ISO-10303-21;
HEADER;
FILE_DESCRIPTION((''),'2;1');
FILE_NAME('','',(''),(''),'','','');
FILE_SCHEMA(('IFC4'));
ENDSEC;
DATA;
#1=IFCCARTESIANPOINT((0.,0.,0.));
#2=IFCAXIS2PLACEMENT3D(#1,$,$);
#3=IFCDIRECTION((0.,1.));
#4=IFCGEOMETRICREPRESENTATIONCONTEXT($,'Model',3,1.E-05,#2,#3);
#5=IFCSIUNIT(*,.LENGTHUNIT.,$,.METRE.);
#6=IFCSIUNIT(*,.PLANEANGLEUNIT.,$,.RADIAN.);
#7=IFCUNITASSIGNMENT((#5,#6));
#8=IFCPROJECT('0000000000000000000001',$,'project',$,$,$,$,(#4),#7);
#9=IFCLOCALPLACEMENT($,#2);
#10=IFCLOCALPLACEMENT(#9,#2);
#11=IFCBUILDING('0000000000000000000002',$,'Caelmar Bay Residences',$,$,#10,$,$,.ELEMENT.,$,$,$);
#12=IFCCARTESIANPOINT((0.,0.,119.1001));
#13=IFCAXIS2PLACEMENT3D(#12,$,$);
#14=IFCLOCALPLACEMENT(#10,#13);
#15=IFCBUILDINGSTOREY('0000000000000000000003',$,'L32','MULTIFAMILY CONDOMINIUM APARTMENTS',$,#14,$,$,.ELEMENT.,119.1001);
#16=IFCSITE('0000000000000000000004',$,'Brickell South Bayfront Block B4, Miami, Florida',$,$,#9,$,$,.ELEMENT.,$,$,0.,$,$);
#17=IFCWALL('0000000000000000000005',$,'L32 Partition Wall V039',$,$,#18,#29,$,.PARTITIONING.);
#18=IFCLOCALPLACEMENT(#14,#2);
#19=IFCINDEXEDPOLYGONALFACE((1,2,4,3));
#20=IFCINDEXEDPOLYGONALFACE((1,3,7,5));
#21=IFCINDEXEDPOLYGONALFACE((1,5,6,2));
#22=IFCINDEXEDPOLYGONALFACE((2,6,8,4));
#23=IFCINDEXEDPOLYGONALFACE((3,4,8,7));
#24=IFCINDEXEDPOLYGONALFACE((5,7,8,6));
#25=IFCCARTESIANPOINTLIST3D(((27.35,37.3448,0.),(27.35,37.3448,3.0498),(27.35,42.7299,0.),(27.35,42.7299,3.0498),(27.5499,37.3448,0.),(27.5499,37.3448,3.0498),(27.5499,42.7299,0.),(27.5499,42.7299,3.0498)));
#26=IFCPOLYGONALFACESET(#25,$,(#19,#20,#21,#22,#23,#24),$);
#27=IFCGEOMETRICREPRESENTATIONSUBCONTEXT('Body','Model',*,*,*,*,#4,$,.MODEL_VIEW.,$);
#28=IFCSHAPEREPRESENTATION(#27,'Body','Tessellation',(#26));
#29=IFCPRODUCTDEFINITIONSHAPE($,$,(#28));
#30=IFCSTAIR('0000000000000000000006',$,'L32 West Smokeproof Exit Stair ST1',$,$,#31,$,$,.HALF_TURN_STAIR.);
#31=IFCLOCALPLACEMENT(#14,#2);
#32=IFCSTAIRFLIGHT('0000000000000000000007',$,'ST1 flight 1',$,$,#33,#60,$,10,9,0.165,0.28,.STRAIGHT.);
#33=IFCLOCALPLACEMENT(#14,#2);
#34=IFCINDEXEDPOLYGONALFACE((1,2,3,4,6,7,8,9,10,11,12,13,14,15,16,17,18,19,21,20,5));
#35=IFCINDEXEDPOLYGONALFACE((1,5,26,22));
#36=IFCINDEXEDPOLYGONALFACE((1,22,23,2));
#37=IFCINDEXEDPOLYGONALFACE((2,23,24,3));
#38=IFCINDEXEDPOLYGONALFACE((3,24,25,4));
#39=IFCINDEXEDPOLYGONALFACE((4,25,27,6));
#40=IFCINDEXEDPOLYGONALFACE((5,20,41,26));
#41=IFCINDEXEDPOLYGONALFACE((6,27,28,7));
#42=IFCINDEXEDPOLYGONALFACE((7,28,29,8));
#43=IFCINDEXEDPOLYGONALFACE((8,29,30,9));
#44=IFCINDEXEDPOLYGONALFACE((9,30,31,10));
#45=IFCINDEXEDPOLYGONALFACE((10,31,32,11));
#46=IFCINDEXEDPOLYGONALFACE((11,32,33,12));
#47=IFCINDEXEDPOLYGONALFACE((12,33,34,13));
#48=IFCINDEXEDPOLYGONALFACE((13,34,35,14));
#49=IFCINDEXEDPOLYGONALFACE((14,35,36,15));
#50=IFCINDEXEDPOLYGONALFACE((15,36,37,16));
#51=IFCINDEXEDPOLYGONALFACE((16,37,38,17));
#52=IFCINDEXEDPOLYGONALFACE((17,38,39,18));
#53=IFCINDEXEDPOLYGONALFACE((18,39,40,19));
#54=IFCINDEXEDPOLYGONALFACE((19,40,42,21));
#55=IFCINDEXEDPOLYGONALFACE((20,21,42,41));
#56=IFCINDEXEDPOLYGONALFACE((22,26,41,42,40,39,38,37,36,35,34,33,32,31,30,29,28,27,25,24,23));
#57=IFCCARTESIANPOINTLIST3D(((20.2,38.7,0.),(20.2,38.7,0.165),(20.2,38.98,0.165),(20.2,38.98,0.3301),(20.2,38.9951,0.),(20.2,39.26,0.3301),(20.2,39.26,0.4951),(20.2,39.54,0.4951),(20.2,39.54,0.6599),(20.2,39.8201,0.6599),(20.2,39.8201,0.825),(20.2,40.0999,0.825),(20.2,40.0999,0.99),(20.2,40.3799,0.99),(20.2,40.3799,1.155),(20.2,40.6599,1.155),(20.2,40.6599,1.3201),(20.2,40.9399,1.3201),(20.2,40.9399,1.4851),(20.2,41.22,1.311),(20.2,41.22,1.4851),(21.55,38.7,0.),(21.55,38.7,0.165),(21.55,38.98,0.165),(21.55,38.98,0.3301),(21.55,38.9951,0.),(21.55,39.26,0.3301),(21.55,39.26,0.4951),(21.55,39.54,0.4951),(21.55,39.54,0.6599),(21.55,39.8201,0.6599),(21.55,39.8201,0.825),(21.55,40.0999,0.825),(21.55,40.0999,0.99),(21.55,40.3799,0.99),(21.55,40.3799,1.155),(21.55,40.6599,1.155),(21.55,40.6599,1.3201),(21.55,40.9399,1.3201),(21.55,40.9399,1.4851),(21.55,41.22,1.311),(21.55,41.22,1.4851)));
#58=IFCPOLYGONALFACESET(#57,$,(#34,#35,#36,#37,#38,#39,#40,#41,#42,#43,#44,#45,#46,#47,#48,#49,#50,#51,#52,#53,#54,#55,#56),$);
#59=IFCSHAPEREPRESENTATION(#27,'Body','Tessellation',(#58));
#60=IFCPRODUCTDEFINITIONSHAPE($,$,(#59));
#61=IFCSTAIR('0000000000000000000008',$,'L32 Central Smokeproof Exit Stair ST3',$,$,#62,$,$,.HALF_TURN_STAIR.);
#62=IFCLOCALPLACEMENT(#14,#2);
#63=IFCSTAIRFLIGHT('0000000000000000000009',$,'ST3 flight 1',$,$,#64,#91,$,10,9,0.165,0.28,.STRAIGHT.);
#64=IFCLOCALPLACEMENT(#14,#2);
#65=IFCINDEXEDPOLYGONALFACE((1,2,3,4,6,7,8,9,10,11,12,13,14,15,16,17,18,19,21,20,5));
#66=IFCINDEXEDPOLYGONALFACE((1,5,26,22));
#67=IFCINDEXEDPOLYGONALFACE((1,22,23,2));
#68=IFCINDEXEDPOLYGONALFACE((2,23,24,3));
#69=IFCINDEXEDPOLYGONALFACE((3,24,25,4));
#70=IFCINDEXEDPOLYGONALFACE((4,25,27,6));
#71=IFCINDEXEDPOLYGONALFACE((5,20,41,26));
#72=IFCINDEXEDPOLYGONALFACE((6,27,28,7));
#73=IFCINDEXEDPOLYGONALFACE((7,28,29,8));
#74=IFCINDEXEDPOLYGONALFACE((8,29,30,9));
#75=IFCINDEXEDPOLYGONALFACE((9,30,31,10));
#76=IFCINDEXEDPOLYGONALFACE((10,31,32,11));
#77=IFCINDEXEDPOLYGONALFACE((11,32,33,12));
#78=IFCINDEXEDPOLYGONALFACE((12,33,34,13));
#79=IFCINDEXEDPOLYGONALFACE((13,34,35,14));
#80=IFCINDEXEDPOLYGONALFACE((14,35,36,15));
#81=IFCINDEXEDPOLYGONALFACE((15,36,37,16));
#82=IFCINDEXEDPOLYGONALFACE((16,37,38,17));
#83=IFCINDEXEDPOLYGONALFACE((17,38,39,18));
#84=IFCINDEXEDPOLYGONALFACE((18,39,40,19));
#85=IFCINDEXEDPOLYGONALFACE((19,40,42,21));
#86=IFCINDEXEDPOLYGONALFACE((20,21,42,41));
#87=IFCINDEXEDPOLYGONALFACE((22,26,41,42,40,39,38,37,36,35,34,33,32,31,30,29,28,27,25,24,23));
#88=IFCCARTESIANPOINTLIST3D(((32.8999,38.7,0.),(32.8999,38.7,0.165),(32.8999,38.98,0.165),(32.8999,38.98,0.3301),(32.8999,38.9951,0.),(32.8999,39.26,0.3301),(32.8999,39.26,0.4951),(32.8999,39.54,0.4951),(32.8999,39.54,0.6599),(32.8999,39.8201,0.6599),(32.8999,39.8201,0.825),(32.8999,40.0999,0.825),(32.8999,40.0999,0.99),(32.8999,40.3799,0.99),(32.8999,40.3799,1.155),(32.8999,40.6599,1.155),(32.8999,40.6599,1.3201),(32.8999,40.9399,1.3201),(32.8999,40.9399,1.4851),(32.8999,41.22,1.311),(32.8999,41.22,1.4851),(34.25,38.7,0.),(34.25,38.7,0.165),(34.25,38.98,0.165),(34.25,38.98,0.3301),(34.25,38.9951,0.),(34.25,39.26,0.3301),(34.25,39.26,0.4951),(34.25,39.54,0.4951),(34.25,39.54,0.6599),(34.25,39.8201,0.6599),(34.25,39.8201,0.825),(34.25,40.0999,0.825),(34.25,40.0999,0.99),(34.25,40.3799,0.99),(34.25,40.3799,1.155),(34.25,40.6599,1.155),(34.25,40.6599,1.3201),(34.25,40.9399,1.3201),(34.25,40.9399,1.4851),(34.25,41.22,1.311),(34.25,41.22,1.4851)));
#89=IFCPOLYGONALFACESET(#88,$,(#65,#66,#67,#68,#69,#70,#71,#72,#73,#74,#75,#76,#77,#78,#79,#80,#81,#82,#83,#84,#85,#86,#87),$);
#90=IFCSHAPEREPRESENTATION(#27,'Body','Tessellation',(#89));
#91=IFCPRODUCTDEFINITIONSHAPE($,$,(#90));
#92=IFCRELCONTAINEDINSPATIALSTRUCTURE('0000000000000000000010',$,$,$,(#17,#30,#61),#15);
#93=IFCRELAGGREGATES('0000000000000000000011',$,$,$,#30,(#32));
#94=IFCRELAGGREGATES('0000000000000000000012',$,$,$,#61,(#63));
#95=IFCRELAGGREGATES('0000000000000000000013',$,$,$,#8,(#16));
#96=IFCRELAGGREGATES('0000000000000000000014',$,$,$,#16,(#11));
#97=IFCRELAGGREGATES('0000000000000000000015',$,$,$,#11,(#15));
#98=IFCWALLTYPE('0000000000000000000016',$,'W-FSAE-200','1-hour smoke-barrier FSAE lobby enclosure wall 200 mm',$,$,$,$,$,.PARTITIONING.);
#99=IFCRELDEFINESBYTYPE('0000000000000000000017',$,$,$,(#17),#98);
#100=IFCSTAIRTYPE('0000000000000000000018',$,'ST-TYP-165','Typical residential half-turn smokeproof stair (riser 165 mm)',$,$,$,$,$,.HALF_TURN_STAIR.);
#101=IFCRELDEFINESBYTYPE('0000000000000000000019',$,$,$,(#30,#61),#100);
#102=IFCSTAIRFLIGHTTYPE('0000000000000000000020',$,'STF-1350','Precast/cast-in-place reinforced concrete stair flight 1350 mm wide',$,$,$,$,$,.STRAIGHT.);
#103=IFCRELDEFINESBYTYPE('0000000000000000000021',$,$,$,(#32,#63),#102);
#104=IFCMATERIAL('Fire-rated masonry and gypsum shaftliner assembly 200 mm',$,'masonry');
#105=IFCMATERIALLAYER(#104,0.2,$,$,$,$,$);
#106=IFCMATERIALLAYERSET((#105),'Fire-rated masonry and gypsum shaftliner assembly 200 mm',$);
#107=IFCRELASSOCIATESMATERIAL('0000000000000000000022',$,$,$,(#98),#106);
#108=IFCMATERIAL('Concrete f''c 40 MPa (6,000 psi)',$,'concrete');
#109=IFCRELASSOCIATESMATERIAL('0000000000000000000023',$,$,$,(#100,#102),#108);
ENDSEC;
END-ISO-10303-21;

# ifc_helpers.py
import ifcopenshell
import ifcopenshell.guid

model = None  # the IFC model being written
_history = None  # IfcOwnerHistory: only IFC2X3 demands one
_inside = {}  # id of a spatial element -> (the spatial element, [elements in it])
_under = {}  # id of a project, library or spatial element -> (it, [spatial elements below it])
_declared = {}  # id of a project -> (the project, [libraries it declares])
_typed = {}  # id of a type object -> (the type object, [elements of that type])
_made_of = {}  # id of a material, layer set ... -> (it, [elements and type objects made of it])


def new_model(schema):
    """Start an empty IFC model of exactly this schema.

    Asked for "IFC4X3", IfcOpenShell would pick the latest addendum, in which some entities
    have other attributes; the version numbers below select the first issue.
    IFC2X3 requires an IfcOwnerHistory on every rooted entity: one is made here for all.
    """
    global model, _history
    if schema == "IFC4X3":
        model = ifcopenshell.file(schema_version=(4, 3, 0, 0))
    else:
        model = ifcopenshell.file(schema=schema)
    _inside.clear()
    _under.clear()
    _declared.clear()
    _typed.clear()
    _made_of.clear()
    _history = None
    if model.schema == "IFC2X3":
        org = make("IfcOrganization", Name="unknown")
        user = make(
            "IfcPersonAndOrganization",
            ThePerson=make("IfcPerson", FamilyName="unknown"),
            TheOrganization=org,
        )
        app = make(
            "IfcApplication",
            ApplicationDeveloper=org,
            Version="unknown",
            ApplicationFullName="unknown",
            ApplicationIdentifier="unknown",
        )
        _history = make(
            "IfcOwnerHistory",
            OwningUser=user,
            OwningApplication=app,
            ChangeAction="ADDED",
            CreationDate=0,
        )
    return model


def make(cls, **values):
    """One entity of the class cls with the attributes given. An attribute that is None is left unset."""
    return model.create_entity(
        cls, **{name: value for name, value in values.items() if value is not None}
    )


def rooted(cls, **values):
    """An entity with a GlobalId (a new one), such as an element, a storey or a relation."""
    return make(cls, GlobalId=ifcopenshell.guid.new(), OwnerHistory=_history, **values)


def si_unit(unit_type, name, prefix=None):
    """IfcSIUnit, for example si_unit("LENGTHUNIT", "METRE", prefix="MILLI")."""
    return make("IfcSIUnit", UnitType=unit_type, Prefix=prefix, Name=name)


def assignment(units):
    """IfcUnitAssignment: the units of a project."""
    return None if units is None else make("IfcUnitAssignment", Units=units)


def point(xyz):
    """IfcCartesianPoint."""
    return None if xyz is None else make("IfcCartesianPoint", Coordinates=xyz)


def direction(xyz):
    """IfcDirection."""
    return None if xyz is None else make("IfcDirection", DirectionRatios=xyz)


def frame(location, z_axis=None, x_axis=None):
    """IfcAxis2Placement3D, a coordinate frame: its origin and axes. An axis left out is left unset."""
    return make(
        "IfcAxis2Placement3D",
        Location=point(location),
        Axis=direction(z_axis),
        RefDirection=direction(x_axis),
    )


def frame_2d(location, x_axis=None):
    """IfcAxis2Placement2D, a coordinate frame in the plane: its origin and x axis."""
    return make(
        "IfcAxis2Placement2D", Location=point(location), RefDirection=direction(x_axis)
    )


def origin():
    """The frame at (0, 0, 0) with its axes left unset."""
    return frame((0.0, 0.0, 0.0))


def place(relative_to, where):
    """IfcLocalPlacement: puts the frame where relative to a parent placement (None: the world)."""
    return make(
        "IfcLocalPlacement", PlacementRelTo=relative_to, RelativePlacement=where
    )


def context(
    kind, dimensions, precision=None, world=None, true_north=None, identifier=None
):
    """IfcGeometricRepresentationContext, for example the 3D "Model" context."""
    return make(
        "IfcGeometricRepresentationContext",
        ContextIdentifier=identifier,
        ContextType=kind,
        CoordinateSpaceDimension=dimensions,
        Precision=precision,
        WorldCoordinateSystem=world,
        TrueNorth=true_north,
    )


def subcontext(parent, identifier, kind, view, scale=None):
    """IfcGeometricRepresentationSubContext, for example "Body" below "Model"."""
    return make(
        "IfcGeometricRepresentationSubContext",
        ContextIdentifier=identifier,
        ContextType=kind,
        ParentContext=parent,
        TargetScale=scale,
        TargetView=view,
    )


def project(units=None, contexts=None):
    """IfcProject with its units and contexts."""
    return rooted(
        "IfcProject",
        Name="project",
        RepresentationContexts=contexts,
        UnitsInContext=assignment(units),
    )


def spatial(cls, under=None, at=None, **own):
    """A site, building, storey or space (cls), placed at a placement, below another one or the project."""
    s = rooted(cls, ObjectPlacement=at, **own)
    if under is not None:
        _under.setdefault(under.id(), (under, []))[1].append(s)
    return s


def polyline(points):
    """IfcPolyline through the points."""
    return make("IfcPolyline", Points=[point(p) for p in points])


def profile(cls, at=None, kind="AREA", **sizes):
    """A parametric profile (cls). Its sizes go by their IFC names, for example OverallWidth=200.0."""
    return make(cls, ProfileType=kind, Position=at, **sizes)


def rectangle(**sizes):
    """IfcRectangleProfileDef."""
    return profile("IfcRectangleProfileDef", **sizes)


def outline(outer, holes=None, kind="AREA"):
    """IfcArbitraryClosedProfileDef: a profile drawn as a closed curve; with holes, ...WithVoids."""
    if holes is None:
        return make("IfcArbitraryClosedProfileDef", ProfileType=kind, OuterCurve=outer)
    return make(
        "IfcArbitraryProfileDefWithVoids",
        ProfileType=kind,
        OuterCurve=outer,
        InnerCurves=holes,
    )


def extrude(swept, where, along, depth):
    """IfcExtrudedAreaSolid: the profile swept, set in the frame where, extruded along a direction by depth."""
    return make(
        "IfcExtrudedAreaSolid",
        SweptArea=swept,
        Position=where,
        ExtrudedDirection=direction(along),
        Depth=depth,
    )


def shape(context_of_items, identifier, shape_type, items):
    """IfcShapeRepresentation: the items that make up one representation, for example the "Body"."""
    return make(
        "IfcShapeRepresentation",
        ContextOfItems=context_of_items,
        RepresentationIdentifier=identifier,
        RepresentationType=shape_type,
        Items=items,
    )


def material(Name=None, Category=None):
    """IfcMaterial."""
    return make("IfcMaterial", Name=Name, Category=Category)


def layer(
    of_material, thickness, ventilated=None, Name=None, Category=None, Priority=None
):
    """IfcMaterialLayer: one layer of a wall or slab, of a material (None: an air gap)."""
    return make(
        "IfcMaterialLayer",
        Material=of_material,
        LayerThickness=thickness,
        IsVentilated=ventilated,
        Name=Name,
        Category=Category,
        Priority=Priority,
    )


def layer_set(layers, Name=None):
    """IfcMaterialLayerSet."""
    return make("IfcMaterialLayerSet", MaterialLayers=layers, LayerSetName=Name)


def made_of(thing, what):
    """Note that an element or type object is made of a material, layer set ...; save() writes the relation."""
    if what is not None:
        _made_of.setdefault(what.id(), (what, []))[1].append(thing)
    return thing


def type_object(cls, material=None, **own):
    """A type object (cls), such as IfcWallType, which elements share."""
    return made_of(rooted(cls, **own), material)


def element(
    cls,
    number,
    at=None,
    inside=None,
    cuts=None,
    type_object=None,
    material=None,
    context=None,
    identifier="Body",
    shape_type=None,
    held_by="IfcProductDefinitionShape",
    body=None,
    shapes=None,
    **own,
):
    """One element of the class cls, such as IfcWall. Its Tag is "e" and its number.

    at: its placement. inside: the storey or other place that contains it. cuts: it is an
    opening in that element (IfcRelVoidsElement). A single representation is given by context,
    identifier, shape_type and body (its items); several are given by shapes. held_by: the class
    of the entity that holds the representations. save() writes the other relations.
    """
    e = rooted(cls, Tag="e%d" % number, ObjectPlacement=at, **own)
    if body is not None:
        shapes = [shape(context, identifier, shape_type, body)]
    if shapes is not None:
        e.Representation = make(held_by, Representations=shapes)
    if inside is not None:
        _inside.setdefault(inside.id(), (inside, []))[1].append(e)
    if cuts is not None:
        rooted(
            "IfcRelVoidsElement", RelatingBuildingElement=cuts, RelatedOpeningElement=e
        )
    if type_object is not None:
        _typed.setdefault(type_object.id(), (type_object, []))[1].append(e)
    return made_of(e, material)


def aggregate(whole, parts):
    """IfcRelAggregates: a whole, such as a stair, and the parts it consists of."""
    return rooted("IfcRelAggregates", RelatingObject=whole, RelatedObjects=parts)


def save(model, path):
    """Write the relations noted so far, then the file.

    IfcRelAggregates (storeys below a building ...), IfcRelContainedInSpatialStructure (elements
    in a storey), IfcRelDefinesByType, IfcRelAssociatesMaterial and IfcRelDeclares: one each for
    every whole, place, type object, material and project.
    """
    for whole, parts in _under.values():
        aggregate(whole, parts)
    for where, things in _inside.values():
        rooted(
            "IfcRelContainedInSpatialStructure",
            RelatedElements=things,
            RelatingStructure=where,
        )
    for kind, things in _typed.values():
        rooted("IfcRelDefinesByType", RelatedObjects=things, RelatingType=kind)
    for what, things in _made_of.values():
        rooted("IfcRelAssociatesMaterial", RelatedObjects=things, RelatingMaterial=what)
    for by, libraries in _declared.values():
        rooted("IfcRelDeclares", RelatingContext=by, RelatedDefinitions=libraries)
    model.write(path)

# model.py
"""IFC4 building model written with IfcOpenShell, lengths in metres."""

from ifc_helpers import new_model, si_unit, direction, frame, frame_2d, origin, place, context, subcontext, project, spatial, polyline, rectangle, outline, extrude, material, layer, layer_set, type_object, element, aggregate, save


model = new_model("IFC4")

# Units and contexts
model_context = context("Model", 3, precision=1e-05, world=origin(), true_north=direction((0.0, 1.0)))
body_context = subcontext(model_context, "Body", "Model", "MODEL_VIEW")
ifc_project = project(units=[si_unit("LENGTHUNIT", "METRE"), si_unit("PLANEANGLEUNIT", "RADIAN")], contexts=[model_context])

# Site, building, storey
site_placement = place(None, origin())
site = spatial("IfcSite", under=ifc_project, at=site_placement, Name="Brickell South Bayfront Block B4, Miami, Florida", CompositionType="ELEMENT", RefElevation=0.0)
building_placement = place(site_placement, origin())
building = spatial("IfcBuilding", under=site, at=building_placement, Name="Caelmar Bay Residences", CompositionType="ELEMENT")
storey_placement = place(building_placement, frame((0.0, 0.0, 119.1001)))
storey = spatial("IfcBuildingStorey", under=building, at=storey_placement, Name="L32", Description="MULTIFAMILY CONDOMINIUM APARTMENTS", CompositionType="ELEMENT", Elevation=119.1001)

# Wall
ifc_material_1 = material(Name="Fire-rated masonry and gypsum shaftliner assembly 200 mm", Category="masonry")
ifc_layer_1 = layer(ifc_material_1, 0.2)
ifc_layer_set_1 = layer_set([ifc_layer_1], Name="Fire-rated masonry and gypsum shaftliner assembly 200 mm")
wall_type_1 = type_object("IfcWallType", Name="W-FSAE-200", Description="1-hour smoke-barrier FSAE lobby enclosure wall 200 mm", PredefinedType="PARTITIONING", material=ifc_layer_set_1)
wall_1_placement = place(storey_placement, frame((27.45, 37.345, 0.0), z_axis=(0.0, 0.0, 1.0), x_axis=(0.0, 1.0, 0.0)))
element("IfcWall", 1, at=wall_1_placement, inside=storey, type_object=wall_type_1, Name="L32 Partition Wall V039", PredefinedType="PARTITIONING", context=body_context, shape_type="SweptSolid", body=[
    extrude(rectangle(XDim=5.385, YDim=0.2, at=frame_2d((2.6924, 0.0))), origin(), (0.0, 0.0, 1.0), 3.0498),
])

# Stairs, stair flights
ifc_material_2 = material(Name="Concrete f'c 40 MPa (6,000 psi)", Category="concrete")
stair_type = type_object("IfcStairType", Name="ST-TYP-165", Description="Typical residential half-turn smokeproof stair (riser 165 mm)", PredefinedType="HALF_TURN_STAIR", material=ifc_material_2)
stair_1_placement = place(storey_placement, origin())
stair_1 = element("IfcStair", 2, at=stair_1_placement, inside=storey, type_object=stair_type, Name="L32 West Smokeproof Exit Stair ST1", PredefinedType="HALF_TURN_STAIR")
stair_flight_type = type_object("IfcStairFlightType", Name="STF-1350", Description="Precast/cast-in-place reinforced concrete stair flight 1350 mm wide", PredefinedType="STRAIGHT", material=ifc_material_2)
stair_flight_1_placement = place(storey_placement, frame((20.875, 38.7, 0.0), z_axis=(0.0, 0.0, 1.0), x_axis=(0.0, 1.0, 0.0)))
stair_flight_1 = element("IfcStairFlight", 3, at=stair_flight_1_placement, type_object=stair_flight_type, Name="ST1 flight 1", NumberOfRisers=10, NumberOfTreads=9, PredefinedType="STRAIGHT", RiserHeight=0.165, TreadLength=0.28, context=body_context, shape_type="SweptSolid", body=[
    extrude(outline(polyline([(0.0, 0.0), (0.0, 0.165), (0.28, 0.165), (0.28, 0.3301), (0.5601, 0.3301), (0.5601, 0.4951), (0.8401, 0.4951), (0.8401, 0.6599), (1.1201, 0.6599), (1.1201, 0.825), (1.3999, 0.825), (1.3999, 0.99), (1.6799, 0.99), (1.6799, 1.155), (1.96, 1.155), (1.96, 1.3201), (2.24, 1.3201), (2.24, 1.4851), (2.52, 1.4851), (2.52, 1.6499), (2.52, 1.311), (0.2952, 0.0), (0.0, 0.0)])), frame((0.0, 0.675, 0.0), z_axis=(0.0, -1.0, 0.0), x_axis=(1.0, 0.0, 0.0)), (0.0, 0.0, 1.0), 1.3501),
])
aggregate(stair_1, [stair_flight_1])
stair_2_placement = place(storey_placement, origin())
stair_2 = element("IfcStair", 4, at=stair_2_placement, inside=storey, type_object=stair_type, Name="L32 Central Smokeproof Exit Stair ST3", PredefinedType="HALF_TURN_STAIR")
stair_flight_2_placement = place(storey_placement, frame((33.575, 38.7, 0.0), z_axis=(0.0, 0.0, 1.0), x_axis=(0.0, 1.0, 0.0)))
stair_flight_2 = element("IfcStairFlight", 5, at=stair_flight_2_placement, type_object=stair_flight_type, Name="ST3 flight 1", NumberOfRisers=10, NumberOfTreads=9, PredefinedType="STRAIGHT", RiserHeight=0.165, TreadLength=0.28, context=body_context, shape_type="SweptSolid", body=[
    extrude(outline(polyline([(0.0, 0.0), (0.0, 0.165), (0.28, 0.165), (0.28, 0.3301), (0.5601, 0.3301), (0.5601, 0.4951), (0.8401, 0.4951), (0.8401, 0.6599), (1.1201, 0.6599), (1.1201, 0.825), (1.3999, 0.825), (1.3999, 0.99), (1.6799, 0.99), (1.6799, 1.155), (1.96, 1.155), (1.96, 1.3201), (2.24, 1.3201), (2.24, 1.4851), (2.52, 1.4851), (2.52, 1.6499), (2.52, 1.311), (0.2952, 0.0), (0.0, 0.0)])), frame((0.0, 0.675, 0.0), z_axis=(0.0, -1.0, 0.0), x_axis=(1.0, 0.0, 0.0)), (0.0, 0.0, 1.0), 1.3501),
])
aggregate(stair_2, [stair_flight_2])

save(model, "model.ifc")
